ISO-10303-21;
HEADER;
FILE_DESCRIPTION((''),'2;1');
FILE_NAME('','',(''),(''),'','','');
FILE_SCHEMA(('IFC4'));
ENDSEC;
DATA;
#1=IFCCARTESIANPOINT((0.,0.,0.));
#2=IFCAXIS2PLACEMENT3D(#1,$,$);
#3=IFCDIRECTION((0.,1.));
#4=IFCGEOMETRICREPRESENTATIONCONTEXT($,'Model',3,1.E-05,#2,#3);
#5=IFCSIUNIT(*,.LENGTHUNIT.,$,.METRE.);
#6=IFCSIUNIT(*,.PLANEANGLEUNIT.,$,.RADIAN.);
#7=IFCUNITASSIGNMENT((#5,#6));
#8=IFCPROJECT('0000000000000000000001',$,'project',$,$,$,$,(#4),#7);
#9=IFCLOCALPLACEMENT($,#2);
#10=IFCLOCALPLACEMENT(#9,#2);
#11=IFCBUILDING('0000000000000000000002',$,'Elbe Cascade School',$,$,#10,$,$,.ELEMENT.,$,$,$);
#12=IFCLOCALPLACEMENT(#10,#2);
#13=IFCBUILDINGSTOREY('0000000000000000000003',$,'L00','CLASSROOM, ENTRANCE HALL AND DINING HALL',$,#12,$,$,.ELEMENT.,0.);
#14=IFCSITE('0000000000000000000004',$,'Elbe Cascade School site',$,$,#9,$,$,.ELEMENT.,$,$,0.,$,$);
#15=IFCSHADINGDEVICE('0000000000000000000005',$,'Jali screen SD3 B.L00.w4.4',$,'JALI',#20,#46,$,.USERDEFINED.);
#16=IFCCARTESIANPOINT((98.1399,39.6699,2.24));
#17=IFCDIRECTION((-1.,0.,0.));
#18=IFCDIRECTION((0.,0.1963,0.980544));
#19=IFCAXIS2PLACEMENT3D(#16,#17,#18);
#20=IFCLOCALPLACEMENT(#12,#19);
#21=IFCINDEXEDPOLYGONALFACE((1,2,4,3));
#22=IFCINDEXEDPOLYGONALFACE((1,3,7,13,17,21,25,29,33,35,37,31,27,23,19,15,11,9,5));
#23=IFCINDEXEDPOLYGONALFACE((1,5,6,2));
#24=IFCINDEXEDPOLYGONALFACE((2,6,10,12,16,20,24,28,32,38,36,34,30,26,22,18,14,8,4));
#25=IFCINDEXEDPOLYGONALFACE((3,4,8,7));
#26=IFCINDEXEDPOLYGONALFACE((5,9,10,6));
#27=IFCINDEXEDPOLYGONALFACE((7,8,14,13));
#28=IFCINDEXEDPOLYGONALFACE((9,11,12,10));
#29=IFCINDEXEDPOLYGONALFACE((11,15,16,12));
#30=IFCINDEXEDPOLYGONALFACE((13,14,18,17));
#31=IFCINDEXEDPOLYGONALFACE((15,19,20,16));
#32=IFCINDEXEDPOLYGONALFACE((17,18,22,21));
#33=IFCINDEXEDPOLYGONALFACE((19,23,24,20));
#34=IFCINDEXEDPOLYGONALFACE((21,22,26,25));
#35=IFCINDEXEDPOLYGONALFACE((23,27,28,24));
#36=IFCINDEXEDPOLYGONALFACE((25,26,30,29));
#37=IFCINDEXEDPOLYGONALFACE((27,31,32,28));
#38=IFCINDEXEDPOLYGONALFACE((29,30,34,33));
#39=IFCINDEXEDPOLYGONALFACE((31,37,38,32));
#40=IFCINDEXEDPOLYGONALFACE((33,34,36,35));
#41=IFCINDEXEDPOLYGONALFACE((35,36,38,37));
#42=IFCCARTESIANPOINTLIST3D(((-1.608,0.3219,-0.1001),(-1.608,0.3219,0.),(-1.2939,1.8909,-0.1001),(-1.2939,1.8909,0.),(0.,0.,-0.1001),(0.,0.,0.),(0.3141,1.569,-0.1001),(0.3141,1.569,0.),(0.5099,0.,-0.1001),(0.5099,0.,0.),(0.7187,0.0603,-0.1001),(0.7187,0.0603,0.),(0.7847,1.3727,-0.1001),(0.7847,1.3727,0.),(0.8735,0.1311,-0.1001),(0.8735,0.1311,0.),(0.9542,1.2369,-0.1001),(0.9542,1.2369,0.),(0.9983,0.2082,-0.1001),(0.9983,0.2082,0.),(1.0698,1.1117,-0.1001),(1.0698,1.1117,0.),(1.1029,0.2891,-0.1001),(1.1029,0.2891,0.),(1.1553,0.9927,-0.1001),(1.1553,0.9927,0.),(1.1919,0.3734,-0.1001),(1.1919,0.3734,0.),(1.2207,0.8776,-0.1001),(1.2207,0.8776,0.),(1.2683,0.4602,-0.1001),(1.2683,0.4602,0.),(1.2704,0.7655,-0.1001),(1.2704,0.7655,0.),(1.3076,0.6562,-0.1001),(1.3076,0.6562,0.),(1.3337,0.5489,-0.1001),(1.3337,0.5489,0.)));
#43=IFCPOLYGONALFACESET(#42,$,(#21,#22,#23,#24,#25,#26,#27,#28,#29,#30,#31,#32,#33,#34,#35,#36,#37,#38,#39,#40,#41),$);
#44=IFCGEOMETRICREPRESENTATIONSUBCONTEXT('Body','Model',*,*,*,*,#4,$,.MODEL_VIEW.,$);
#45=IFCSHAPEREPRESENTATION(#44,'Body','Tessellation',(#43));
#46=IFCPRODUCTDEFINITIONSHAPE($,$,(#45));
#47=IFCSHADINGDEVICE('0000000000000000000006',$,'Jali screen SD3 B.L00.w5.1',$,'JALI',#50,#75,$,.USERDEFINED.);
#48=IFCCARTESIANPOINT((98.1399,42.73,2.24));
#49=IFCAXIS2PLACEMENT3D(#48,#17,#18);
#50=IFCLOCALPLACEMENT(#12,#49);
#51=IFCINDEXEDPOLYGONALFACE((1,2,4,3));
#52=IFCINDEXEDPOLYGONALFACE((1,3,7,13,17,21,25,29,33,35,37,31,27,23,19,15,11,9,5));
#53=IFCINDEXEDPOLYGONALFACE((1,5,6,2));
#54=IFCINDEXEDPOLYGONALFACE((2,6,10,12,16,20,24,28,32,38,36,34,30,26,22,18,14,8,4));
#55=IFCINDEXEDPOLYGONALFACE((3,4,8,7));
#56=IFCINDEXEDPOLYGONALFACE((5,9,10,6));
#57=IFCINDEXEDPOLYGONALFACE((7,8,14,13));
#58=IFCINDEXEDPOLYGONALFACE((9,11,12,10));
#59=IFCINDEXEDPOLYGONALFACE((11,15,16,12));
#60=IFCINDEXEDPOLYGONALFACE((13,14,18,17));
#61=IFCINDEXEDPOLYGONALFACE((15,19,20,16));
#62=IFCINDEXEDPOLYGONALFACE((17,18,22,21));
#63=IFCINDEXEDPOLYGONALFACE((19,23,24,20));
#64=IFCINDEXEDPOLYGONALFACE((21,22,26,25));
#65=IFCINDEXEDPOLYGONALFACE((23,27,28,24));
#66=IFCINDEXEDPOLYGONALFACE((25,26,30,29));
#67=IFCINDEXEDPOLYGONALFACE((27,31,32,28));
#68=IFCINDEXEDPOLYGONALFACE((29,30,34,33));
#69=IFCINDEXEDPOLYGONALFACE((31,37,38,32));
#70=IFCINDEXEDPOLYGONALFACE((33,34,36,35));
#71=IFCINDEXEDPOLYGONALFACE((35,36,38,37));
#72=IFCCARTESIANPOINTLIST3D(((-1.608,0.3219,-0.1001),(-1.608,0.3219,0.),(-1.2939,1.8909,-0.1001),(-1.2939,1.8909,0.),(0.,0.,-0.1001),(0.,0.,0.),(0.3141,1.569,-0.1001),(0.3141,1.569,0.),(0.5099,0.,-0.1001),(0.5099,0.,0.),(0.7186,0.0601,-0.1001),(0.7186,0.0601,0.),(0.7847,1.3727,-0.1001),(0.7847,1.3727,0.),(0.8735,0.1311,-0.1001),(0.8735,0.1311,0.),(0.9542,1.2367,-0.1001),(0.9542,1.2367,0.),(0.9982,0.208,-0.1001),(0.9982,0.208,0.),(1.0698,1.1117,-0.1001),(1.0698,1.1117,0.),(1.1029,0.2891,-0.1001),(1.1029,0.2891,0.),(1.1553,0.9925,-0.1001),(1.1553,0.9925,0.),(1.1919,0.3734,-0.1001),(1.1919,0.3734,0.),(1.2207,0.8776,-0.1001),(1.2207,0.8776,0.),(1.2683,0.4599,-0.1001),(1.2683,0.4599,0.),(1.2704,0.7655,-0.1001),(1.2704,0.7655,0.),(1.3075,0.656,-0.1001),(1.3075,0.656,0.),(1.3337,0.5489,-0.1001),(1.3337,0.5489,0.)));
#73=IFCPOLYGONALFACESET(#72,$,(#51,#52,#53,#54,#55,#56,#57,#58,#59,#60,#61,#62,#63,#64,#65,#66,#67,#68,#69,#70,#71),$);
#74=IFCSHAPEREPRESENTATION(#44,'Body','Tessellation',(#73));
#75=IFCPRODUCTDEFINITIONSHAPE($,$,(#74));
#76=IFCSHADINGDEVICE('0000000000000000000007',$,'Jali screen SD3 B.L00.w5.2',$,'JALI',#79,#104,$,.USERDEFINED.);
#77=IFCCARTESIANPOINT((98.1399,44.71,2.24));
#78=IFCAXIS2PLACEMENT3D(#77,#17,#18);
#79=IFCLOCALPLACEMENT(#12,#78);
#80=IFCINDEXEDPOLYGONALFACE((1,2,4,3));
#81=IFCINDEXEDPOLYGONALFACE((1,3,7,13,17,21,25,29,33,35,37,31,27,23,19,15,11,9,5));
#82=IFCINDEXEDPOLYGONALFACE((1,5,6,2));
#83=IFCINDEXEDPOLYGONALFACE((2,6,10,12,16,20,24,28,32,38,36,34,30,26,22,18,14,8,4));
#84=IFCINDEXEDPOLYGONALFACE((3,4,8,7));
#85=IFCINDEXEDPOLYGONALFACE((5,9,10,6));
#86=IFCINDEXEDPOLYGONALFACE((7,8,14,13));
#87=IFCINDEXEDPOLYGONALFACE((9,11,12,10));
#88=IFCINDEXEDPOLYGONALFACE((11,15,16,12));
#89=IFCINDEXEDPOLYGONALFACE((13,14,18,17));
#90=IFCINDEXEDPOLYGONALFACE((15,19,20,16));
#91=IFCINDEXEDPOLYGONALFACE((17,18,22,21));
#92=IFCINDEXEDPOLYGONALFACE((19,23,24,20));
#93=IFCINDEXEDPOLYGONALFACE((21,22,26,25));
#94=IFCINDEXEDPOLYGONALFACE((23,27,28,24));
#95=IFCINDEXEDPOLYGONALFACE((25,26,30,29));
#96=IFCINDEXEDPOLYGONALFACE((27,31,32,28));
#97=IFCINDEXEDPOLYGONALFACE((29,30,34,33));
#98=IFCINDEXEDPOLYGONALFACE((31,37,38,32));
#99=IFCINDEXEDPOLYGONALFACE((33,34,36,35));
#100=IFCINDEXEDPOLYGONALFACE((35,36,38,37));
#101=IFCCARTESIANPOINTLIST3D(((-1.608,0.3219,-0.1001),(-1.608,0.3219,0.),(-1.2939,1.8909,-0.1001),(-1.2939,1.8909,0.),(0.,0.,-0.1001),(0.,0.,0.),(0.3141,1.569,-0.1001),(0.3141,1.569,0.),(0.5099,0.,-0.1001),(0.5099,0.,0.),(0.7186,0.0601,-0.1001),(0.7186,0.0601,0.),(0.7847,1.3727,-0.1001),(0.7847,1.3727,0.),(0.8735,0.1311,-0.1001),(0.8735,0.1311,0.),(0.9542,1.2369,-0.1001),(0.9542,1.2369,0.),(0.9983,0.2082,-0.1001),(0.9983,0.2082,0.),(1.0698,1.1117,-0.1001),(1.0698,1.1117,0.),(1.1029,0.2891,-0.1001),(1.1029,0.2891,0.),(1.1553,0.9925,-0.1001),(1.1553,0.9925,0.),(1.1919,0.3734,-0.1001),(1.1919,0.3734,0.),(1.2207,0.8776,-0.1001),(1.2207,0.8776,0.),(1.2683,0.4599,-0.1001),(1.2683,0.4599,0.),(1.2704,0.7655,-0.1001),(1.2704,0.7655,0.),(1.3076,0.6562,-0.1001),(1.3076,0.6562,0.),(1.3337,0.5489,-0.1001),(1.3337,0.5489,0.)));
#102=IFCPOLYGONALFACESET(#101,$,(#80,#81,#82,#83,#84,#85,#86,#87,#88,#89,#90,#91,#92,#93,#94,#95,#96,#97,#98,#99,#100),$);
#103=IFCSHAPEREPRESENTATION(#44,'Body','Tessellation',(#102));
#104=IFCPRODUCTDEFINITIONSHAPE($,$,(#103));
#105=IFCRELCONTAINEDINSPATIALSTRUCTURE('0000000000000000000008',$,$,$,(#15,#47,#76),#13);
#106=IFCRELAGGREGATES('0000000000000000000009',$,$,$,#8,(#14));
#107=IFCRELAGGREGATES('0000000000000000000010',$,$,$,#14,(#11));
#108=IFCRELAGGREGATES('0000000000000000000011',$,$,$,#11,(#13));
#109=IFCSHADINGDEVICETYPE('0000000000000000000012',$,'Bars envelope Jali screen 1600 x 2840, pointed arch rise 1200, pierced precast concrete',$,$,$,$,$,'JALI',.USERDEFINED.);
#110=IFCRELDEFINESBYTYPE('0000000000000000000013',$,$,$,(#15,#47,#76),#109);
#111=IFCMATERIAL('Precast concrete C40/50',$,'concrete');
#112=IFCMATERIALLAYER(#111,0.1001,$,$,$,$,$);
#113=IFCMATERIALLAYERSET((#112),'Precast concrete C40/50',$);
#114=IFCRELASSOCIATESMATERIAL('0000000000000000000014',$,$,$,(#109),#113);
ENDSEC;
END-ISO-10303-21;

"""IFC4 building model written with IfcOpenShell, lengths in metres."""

from ifc_helpers import new_model, si_unit, direction, frame, origin, place, context, subcontext, project, spatial, polyline, outline, extrude, material, layer, layer_set, type_object, element, save


model = new_model("IFC4")

# Units and contexts
model_context = context("Model", 3, precision=1e-05, world=origin(), true_north=direction((0.0, 1.0)))
body_context = subcontext(model_context, "Body", "Model", "MODEL_VIEW")
ifc_project = project(units=[si_unit("LENGTHUNIT", "METRE"), si_unit("PLANEANGLEUNIT", "RADIAN")], contexts=[model_context])

# Site, building, storey
site_placement = place(None, origin())
site = spatial("IfcSite", under=ifc_project, at=site_placement, Name="Elbe Cascade School site", CompositionType="ELEMENT", RefElevation=0.0)
building_placement = place(site_placement, origin())
building = spatial("IfcBuilding", under=site, at=building_placement, Name="Elbe Cascade School", CompositionType="ELEMENT")
storey_placement = place(building_placement, origin())
storey = spatial("IfcBuildingStorey", under=building, at=storey_placement, Name="L00", Description="CLASSROOM, ENTRANCE HALL AND DINING HALL", CompositionType="ELEMENT", Elevation=0.0)

# Shading devices
ifc_material_1 = material(Name="Precast concrete C40/50", Category="concrete")
ifc_layer_1 = layer(ifc_material_1, 0.1001)
ifc_layer_set_1 = layer_set([ifc_layer_1], Name="Precast concrete C40/50")
shading_device_type = type_object("IfcShadingDeviceType", Name="Bars envelope Jali screen 1600 x 2840, pointed arch rise 1200, pierced precast concrete", ElementType="JALI", PredefinedType="USERDEFINED", material=ifc_layer_set_1)
shading_device_1_placement = place(storey_placement, frame((98.1399, 39.6699, 2.24), z_axis=(-1.0, 0.0, 0.0), x_axis=(0.0, 0.1963, 0.980544)))
element("IfcShadingDevice", 1, at=shading_device_1_placement, inside=storey, type_object=shading_device_type, Name="Jali screen SD3 B.L00.w4.4", ObjectType="JALI", PredefinedType="USERDEFINED", context=body_context, shape_type="SweptSolid", body=[
    extrude(outline(polyline([(0.0, 0.0), (0.5099, 0.0), (0.7187, 0.0603), (0.8735, 0.1311), (0.9983, 0.2082), (1.1029, 0.2891), (1.1919, 0.3734), (1.2683, 0.4602), (1.3337, 0.5489), (1.3076, 0.6562), (1.2704, 0.7655), (1.2207, 0.8776), (1.1553, 0.9927), (1.0698, 1.1117), (0.9542, 1.2369), (0.7847, 1.3727), (0.3141, 1.569), (-1.2939, 1.8909), (-1.608, 0.3219), (0.0, 0.0)])), origin(), (0.0, 0.0, -1.0), 0.1001),
])
shading_device_2_placement = place(storey_placement, frame((98.1399, 42.73, 2.24), z_axis=(-1.0, 0.0, 0.0), x_axis=(0.0, 0.1963, 0.980544)))
element("IfcShadingDevice", 2, at=shading_device_2_placement, inside=storey, type_object=shading_device_type, Name="Jali screen SD3 B.L00.w5.1", ObjectType="JALI", PredefinedType="USERDEFINED", context=body_context, shape_type="SweptSolid", body=[
    extrude(outline(polyline([(0.0, 0.0), (0.5099, 0.0), (0.7186, 0.0601), (0.8735, 0.1311), (0.9982, 0.208), (1.1029, 0.2891), (1.1919, 0.3734), (1.2683, 0.4599), (1.3337, 0.5489), (1.3075, 0.656), (1.2704, 0.7655), (1.2207, 0.8776), (1.1553, 0.9925), (1.0698, 1.1117), (0.9542, 1.2367), (0.7847, 1.3727), (0.3141, 1.569), (-1.2939, 1.8909), (-1.608, 0.3219), (0.0, 0.0)])), origin(), (0.0, 0.0, -1.0), 0.1001),
])
shading_device_3_placement = place(storey_placement, frame((98.1399, 44.71, 2.24), z_axis=(-1.0, 0.0, 0.0), x_axis=(0.0, 0.1963, 0.980544)))
element("IfcShadingDevice", 3, at=shading_device_3_placement, inside=storey, type_object=shading_device_type, Name="Jali screen SD3 B.L00.w5.2", ObjectType="JALI", PredefinedType="USERDEFINED", context=body_context, shape_type="SweptSolid", body=[
    extrude(outline(polyline([(0.0, 0.0), (0.5099, 0.0), (0.7186, 0.0601), (0.8735, 0.1311), (0.9983, 0.2082), (1.1029, 0.2891), (1.1919, 0.3734), (1.2683, 0.4599), (1.3337, 0.5489), (1.3076, 0.6562), (1.2704, 0.7655), (1.2207, 0.8776), (1.1553, 0.9925), (1.0698, 1.1117), (0.9542, 1.2369), (0.7847, 1.3727), (0.3141, 1.569), (-1.2939, 1.8909), (-1.608, 0.3219), (0.0, 0.0)])), origin(), (0.0, 0.0, -1.0), 0.1001),
])

save(model, "model.ifc")
